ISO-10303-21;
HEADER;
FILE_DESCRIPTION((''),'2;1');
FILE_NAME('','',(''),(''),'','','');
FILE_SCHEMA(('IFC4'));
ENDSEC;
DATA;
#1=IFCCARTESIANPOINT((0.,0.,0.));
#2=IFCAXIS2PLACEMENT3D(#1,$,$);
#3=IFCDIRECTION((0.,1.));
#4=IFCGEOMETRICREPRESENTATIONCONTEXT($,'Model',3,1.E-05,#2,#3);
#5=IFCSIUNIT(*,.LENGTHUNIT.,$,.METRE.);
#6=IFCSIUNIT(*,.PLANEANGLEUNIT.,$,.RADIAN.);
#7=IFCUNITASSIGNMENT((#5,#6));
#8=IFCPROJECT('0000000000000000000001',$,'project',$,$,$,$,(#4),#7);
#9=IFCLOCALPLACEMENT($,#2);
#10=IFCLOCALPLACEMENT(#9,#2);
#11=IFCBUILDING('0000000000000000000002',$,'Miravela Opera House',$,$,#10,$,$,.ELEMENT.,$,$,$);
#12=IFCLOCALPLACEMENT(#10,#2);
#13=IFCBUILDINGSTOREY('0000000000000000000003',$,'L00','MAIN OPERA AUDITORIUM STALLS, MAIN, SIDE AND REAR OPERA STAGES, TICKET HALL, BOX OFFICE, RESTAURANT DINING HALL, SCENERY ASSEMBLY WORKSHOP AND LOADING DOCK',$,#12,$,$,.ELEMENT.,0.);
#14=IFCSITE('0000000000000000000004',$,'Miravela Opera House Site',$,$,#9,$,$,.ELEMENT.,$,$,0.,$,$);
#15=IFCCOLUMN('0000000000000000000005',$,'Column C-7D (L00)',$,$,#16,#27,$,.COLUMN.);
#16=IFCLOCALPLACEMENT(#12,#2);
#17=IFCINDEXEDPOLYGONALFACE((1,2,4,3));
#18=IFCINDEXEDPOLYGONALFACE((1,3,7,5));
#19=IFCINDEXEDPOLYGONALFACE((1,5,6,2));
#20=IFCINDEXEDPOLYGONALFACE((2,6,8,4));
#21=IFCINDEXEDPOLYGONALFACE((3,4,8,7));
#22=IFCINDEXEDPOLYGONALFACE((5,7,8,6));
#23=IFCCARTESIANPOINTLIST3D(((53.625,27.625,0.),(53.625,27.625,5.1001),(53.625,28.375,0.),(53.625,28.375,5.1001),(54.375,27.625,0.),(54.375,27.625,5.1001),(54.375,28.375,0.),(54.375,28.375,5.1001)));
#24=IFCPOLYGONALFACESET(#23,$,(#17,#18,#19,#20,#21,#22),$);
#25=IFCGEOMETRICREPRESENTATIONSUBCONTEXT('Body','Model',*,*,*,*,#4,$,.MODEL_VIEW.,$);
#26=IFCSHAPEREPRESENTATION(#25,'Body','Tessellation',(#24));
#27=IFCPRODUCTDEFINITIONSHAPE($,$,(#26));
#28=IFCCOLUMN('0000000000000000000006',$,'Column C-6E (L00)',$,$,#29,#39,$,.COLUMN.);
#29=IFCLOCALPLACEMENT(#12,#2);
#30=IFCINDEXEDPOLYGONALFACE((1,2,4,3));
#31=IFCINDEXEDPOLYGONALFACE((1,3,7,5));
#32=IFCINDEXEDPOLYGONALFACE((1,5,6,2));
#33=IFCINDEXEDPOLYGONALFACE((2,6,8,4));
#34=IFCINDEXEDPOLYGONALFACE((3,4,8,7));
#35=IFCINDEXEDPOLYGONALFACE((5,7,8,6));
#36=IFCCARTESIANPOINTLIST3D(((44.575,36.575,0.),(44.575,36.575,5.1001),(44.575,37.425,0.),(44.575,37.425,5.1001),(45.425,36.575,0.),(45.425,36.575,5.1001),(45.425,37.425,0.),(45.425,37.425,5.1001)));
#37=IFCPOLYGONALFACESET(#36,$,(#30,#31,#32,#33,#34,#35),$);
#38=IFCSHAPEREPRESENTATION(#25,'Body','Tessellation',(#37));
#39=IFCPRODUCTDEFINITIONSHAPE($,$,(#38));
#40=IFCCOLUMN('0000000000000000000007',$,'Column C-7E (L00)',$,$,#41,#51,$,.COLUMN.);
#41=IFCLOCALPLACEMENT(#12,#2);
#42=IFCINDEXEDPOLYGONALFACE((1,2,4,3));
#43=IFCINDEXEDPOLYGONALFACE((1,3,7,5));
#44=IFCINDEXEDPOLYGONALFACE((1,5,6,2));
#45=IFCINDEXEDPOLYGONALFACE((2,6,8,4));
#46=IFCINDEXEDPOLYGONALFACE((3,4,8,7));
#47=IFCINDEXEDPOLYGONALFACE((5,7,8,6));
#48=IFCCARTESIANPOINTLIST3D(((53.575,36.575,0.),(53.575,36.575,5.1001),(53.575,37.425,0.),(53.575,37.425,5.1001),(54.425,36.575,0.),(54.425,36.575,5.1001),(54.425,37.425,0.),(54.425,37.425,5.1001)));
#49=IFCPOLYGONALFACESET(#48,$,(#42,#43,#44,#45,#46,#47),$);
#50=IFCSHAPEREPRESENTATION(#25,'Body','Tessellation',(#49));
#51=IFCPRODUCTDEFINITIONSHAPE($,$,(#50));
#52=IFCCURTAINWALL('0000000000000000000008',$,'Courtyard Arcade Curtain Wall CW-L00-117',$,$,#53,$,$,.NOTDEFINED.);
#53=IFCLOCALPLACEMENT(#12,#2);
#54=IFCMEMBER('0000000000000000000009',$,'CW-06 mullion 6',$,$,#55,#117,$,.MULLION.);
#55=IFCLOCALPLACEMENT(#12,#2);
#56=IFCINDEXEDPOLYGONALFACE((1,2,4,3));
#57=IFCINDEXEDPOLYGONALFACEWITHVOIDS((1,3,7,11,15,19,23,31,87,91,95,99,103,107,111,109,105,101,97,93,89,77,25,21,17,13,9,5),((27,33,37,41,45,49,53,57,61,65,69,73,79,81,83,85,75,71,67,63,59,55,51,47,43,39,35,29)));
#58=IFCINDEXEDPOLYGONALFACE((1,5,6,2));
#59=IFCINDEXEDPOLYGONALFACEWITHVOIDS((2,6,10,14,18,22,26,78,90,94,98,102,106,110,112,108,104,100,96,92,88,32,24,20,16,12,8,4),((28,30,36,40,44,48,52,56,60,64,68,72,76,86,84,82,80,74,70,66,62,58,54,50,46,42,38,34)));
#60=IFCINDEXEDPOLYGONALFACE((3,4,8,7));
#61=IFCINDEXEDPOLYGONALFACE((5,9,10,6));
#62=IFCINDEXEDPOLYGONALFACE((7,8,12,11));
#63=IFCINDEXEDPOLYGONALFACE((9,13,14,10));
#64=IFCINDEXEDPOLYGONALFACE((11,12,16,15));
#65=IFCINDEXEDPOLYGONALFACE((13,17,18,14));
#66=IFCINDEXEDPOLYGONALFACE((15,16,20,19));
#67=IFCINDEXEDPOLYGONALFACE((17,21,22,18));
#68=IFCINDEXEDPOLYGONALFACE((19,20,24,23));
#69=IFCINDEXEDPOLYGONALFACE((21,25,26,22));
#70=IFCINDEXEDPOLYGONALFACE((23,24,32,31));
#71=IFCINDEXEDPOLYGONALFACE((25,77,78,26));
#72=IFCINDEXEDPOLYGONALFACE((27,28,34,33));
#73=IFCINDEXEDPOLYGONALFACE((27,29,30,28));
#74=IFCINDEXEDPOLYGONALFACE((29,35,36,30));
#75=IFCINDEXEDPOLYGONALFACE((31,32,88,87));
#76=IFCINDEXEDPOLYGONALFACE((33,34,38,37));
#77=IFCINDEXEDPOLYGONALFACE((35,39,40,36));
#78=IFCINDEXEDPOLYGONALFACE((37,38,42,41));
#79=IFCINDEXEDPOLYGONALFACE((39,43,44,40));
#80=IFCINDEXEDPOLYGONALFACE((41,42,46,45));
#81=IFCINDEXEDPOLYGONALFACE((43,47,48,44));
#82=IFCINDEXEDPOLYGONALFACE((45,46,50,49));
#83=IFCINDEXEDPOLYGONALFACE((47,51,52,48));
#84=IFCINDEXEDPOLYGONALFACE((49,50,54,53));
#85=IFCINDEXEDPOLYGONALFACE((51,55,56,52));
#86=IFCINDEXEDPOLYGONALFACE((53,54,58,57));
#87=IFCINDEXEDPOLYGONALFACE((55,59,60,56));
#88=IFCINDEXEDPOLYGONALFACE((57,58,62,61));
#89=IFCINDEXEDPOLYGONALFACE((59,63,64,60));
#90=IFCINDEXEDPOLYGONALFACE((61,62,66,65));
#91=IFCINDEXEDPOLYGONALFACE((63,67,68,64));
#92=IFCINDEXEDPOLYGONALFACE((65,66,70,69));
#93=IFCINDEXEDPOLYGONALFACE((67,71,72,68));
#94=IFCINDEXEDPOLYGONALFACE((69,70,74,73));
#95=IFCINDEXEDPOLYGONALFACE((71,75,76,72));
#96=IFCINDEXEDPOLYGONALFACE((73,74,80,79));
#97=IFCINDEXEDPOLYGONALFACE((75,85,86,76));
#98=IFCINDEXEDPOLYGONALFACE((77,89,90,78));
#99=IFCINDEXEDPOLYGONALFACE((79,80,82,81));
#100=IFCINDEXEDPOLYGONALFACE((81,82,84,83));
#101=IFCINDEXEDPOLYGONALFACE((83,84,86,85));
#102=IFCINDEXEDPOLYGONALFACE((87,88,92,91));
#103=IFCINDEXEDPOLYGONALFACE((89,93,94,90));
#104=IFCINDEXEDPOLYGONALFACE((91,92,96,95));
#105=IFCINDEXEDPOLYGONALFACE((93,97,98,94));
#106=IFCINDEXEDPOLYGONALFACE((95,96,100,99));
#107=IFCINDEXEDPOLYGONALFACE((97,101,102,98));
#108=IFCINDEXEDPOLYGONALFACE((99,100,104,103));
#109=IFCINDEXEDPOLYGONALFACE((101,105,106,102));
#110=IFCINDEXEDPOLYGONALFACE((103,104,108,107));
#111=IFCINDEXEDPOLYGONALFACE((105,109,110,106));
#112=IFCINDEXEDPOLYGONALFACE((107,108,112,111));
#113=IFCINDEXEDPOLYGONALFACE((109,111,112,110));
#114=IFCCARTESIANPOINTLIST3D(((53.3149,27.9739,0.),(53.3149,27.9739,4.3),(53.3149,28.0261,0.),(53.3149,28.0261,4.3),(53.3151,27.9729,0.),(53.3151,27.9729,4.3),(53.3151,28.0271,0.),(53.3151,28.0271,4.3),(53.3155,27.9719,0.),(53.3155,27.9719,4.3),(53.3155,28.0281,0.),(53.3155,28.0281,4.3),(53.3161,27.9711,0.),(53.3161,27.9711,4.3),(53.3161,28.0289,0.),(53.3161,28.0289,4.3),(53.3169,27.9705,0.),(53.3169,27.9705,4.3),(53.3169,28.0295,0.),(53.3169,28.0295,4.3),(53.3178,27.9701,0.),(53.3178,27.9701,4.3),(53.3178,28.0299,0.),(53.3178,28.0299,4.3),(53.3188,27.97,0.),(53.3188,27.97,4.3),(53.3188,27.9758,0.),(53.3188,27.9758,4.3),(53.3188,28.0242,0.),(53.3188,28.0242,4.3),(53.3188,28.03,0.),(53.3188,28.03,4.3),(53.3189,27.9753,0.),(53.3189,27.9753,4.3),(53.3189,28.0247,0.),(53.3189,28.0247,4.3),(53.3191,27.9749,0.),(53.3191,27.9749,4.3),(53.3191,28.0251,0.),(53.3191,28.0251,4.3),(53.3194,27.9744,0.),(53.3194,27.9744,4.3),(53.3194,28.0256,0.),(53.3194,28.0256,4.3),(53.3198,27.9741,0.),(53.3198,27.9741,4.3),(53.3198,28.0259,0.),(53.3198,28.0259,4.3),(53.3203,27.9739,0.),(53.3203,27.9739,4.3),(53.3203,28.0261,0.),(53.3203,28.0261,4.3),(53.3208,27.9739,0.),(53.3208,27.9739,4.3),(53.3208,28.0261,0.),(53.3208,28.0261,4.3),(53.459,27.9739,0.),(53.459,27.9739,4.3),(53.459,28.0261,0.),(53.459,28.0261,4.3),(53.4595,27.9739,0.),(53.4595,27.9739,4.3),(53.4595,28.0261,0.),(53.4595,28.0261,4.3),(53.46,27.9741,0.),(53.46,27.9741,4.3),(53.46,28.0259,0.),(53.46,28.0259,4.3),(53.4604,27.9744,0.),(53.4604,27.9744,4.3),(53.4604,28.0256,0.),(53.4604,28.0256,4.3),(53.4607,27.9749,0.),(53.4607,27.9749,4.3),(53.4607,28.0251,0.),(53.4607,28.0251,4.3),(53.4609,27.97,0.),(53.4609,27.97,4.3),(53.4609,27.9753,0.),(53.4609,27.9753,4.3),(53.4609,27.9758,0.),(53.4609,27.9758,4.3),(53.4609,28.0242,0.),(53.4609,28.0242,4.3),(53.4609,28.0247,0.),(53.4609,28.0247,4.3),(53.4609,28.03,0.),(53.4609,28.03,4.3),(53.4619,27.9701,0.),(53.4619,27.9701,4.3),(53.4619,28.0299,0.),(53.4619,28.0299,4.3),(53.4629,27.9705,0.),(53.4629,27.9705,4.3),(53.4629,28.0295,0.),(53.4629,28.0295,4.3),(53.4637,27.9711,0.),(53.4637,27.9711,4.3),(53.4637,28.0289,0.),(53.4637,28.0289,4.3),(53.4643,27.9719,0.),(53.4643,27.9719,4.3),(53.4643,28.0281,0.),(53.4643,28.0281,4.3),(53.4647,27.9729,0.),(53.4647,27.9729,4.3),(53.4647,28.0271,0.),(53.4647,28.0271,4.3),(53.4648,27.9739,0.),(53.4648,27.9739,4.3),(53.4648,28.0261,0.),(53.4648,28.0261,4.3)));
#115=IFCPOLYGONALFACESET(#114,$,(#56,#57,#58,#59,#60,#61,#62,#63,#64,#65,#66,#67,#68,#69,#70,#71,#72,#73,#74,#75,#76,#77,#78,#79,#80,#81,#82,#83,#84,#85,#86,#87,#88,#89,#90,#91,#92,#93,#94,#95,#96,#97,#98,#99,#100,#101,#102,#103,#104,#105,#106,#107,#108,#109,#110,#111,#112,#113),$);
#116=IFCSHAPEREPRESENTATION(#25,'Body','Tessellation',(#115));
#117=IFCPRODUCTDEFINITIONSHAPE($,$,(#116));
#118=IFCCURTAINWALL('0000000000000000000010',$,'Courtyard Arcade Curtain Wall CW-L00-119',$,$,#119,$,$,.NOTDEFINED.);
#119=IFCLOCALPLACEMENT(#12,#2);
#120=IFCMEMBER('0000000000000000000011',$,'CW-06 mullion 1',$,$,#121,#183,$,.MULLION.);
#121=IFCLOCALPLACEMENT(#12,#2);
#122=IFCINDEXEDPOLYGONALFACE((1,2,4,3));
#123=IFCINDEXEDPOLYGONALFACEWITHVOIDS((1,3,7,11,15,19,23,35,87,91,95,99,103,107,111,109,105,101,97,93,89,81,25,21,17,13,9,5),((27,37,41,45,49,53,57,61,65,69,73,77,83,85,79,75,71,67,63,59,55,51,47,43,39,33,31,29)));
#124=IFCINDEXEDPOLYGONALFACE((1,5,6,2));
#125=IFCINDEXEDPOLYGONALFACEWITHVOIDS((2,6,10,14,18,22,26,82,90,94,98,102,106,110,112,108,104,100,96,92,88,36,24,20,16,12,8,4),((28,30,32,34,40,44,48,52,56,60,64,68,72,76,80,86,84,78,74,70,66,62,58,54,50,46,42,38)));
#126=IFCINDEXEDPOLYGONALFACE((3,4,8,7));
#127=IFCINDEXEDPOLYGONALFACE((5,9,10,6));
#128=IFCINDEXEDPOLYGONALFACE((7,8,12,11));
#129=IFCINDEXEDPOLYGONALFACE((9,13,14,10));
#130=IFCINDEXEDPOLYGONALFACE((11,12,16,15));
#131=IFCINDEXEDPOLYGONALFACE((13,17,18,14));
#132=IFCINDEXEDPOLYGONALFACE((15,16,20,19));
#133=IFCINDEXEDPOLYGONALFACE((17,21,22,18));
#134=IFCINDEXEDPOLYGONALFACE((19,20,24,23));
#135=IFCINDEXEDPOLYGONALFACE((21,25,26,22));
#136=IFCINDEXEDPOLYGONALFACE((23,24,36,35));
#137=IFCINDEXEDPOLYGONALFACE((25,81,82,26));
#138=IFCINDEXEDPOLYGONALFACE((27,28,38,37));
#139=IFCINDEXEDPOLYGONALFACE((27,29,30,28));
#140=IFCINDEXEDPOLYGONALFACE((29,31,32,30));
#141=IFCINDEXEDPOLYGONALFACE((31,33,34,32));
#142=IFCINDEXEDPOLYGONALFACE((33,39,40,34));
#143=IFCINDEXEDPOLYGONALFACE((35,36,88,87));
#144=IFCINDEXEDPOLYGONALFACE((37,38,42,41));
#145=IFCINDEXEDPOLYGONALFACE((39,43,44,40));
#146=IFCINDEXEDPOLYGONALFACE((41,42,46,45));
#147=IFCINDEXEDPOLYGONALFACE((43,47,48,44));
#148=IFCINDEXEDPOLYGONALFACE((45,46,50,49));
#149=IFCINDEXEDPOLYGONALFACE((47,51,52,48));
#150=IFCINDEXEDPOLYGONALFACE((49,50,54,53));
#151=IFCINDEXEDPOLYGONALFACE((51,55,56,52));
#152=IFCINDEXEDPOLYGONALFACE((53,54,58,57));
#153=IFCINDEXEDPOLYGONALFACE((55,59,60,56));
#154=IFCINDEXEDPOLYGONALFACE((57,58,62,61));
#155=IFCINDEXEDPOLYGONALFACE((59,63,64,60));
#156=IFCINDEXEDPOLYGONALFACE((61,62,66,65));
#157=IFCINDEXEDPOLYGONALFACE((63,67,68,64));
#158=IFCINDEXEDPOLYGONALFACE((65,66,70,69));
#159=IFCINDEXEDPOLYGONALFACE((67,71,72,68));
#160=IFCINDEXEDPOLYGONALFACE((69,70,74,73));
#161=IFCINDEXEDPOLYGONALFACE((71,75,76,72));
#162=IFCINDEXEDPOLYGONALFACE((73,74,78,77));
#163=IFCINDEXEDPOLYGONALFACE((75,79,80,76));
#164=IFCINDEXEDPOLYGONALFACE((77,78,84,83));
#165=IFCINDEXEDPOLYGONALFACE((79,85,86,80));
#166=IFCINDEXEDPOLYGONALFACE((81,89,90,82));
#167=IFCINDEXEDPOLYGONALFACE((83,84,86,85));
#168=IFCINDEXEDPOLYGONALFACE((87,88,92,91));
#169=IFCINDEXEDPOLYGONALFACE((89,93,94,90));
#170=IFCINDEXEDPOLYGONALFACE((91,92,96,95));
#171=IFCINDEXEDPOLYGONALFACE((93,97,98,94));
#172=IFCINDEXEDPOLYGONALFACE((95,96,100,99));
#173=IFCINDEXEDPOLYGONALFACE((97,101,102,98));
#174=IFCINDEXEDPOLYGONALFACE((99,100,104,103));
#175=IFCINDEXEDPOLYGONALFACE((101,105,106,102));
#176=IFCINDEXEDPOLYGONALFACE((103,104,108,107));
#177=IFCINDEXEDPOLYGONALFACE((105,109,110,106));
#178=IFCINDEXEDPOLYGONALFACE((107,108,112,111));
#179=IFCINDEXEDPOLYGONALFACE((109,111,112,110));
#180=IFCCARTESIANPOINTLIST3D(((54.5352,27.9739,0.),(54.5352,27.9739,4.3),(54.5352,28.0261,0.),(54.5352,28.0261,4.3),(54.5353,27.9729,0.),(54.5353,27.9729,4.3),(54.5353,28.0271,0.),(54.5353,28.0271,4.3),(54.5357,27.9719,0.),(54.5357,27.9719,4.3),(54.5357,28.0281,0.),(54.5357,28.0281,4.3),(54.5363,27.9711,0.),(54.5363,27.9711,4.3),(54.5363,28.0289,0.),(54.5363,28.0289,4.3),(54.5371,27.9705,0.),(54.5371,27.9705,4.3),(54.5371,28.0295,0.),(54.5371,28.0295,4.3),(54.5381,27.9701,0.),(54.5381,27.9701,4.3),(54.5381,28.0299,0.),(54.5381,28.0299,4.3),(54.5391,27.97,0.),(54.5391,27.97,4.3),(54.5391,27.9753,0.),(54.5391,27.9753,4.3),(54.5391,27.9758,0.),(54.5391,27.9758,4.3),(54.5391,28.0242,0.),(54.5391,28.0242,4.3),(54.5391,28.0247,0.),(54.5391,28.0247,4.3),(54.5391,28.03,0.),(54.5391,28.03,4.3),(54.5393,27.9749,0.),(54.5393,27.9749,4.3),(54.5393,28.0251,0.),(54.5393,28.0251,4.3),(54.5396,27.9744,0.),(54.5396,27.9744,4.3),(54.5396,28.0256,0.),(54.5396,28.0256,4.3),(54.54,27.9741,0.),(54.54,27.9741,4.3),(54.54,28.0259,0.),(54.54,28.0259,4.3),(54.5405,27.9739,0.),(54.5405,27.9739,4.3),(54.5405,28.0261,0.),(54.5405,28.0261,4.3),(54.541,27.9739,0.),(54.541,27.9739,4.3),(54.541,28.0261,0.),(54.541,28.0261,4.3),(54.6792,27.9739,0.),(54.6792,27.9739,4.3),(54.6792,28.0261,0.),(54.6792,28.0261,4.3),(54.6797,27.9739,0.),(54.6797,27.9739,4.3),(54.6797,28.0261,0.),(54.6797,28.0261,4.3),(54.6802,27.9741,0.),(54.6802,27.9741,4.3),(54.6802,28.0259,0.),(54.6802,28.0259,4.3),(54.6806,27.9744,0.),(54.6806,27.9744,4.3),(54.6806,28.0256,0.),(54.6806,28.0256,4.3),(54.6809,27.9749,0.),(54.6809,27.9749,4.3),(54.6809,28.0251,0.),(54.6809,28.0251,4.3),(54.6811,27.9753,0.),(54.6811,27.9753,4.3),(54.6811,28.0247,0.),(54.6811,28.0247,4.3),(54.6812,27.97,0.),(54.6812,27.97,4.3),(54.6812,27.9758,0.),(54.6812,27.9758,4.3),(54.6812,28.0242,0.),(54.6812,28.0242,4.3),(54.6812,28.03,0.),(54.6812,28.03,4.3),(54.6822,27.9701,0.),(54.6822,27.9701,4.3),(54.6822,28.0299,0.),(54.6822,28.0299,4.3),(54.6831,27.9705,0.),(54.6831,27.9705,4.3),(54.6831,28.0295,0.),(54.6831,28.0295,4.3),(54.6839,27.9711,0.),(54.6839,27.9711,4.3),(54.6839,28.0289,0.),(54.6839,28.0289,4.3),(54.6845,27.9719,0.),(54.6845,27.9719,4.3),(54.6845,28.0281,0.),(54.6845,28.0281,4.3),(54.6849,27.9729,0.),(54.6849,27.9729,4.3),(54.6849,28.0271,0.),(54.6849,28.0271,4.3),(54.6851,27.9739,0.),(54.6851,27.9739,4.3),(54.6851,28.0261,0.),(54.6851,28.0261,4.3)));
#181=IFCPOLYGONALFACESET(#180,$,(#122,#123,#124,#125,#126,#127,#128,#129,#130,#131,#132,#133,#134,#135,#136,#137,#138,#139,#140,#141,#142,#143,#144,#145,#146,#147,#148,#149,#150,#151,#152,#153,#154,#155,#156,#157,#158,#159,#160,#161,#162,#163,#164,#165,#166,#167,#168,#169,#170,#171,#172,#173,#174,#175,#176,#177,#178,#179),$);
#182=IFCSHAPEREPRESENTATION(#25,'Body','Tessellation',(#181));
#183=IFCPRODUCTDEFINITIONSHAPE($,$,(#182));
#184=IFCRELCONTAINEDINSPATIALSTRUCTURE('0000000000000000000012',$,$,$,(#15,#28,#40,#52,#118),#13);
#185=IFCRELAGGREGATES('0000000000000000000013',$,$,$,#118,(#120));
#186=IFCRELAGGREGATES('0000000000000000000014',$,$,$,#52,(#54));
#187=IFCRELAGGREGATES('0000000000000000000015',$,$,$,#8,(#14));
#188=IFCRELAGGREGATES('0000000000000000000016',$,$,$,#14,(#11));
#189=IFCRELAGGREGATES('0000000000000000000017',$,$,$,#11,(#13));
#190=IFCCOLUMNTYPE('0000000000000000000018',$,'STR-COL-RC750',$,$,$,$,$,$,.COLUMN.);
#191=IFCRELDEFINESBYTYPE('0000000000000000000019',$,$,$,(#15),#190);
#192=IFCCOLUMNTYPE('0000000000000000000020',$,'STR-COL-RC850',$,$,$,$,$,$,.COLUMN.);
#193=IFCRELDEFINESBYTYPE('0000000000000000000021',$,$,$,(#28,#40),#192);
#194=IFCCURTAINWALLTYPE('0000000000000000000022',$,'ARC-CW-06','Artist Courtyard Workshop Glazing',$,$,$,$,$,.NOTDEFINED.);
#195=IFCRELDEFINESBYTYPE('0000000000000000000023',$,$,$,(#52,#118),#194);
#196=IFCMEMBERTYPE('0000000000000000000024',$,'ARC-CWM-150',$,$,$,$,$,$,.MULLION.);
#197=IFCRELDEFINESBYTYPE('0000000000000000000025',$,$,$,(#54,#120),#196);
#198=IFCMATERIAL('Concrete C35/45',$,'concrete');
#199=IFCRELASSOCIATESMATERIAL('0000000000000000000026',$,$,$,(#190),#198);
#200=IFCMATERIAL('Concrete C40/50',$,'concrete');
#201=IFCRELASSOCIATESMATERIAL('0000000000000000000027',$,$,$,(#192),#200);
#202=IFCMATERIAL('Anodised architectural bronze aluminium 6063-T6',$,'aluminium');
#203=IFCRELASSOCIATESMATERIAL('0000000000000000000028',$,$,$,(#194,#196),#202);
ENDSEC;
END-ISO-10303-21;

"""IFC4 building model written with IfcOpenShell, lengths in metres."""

from ifc_helpers import new_model, si_unit, direction, frame, origin, origin_2d, place, context, subcontext, project, spatial, rectangle, hollow_rectangle, extrude, material, material_profile, profile_set, type_object, element, aggregate, save


model = new_model("IFC4")

# Units and contexts
model_context = context("Model", 3, precision=1e-05, world=origin(), true_north=direction((0.0, 1.0)))
body_context = subcontext(model_context, "Body", "Model", "MODEL_VIEW")
ifc_project = project(units=[si_unit("LENGTHUNIT", "METRE"), si_unit("PLANEANGLEUNIT", "RADIAN")], contexts=[model_context])

# Site, building, storey
site_placement = place(None, origin())
site = spatial("IfcSite", under=ifc_project, at=site_placement, Name="Miravela Opera House Site", CompositionType="ELEMENT", RefElevation=0.0)
building_placement = place(site_placement, origin())
building = spatial("IfcBuilding", under=site, at=building_placement, Name="Miravela Opera House", CompositionType="ELEMENT")
storey_placement = place(building_placement, origin())
storey = spatial("IfcBuildingStorey", under=building, at=storey_placement, Name="L00", Description="MAIN OPERA AUDITORIUM STALLS, MAIN, SIDE AND REAR OPERA STAGES, TICKET HALL, BOX OFFICE, RESTAURANT DINING HALL, SCENERY ASSEMBLY WORKSHOP AND LOADING DOCK", CompositionType="ELEMENT", Elevation=0.0)

# Columns
ifc_material_1 = material(Name="Concrete C35/45", Category="concrete")
ifc_material_profile_1 = material_profile(ifc_material_1, rectangle(XDim=0.75, YDim=0.75, at=origin_2d()), Name="RC-COL-750X750")
ifc_profile_set_1 = profile_set([ifc_material_profile_1])
column_type_1 = type_object("IfcColumnType", Name="STR-COL-RC750", PredefinedType="COLUMN", material=ifc_profile_set_1)
column_placement = place(storey_placement, frame((54.0, 28.0, 0.0), z_axis=(0.0, 0.0, 1.0), x_axis=(1.0, 0.0, 0.0)))
element("IfcColumn", 1, at=column_placement, inside=storey, type_object=column_type_1, Name="Column C-7D (L00)", PredefinedType="COLUMN", context=body_context, shape_type="SweptSolid", body=[
    extrude(rectangle(XDim=0.75, YDim=0.75, at=origin_2d()), origin(), (0.0, 0.0, 1.0), 5.1001),
])
ifc_material_2 = material(Name="Concrete C40/50", Category="concrete")
ifc_material_profile_2 = material_profile(ifc_material_2, rectangle(XDim=0.8501, YDim=0.8501, at=origin_2d()), Name="RC-COL-850X850")
ifc_profile_set_2 = profile_set([ifc_material_profile_2])
column_type_2 = type_object("IfcColumnType", Name="STR-COL-RC850", PredefinedType="COLUMN", material=ifc_profile_set_2)
for number, where, z_axis, x_axis, name in (
    (2, (45.0, 37.0, 0.0), (0.0, 0.0, 1.0), (1.0, 0.0, 0.0), "Column C-6E (L00)"),
    (3, (54.0, 37.0, 0.0), (0.0, 0.0, 1.0), (1.0, 0.0, 0.0), "Column C-7E (L00)"),
):
    element("IfcColumn", number, at=place(storey_placement, frame(where, z_axis=z_axis, x_axis=x_axis)), inside=storey, type_object=column_type_2, Name=name, PredefinedType="COLUMN", context=body_context, shape_type="SweptSolid", body=[
        extrude(rectangle(XDim=0.8501, YDim=0.8501, at=origin_2d()), origin(), (0.0, 0.0, 1.0), 5.1001),
    ])

# Curtain wall, member
ifc_material_3 = material(Name="Anodised architectural bronze aluminium 6063-T6", Category="aluminium")
curtain_wall_type = type_object("IfcCurtainWallType", Name="ARC-CW-06", Description="Artist Courtyard Workshop Glazing", PredefinedType="NOTDEFINED", material=ifc_material_3)
curtain_wall_1_placement = place(storey_placement, origin())
curtain_wall_1 = element("IfcCurtainWall", 4, at=curtain_wall_1_placement, inside=storey, type_object=curtain_wall_type, Name="Courtyard Arcade Curtain Wall CW-L00-117", PredefinedType="NOTDEFINED")
ifc_material_profile_3 = material_profile(ifc_material_3, hollow_rectangle(XDim=0.0601, YDim=0.1499, WallThickness=0.0039, InnerFilletRadius=0.002, OuterFilletRadius=0.0039, at=origin_2d()), Name="CWM-60X150")
ifc_profile_set_3 = profile_set([ifc_material_profile_3])
member_type_1 = type_object("IfcMemberType", Name="ARC-CWM-150", PredefinedType="MULLION", material=ifc_profile_set_3)
member_1_placement = place(storey_placement, frame((53.3899, 28.0, 0.0), z_axis=(0.0, 0.0, 1.0), x_axis=(0.0, 1.0, 0.0)))
member_1 = element("IfcMember", 5, at=member_1_placement, type_object=member_type_1, Name="CW-06 mullion 6", PredefinedType="MULLION", context=body_context, shape_type="SweptSolid", body=[
    extrude(hollow_rectangle(XDim=0.0601, YDim=0.1499, WallThickness=0.0039, InnerFilletRadius=0.002, OuterFilletRadius=0.0039, at=origin_2d()), origin(), (0.0, 0.0, 1.0), 4.3),
])

# Curtain wall, member
curtain_wall_2_placement = place(storey_placement, origin())
curtain_wall_2 = element("IfcCurtainWall", 6, at=curtain_wall_2_placement, inside=storey, type_object=curtain_wall_type, Name="Courtyard Arcade Curtain Wall CW-L00-119", PredefinedType="NOTDEFINED")
member_2_placement = place(storey_placement, frame((54.6101, 28.0, 0.0), z_axis=(0.0, 0.0, 1.0), x_axis=(0.0, 1.0, 0.0)))
member_2 = element("IfcMember", 7, at=member_2_placement, type_object=member_type_1, Name="CW-06 mullion 1", PredefinedType="MULLION", context=body_context, shape_type="SweptSolid", body=[
    extrude(hollow_rectangle(XDim=0.0601, YDim=0.1499, WallThickness=0.0039, InnerFilletRadius=0.002, OuterFilletRadius=0.0039, at=origin_2d()), origin(), (0.0, 0.0, 1.0), 4.3),
])
aggregate(curtain_wall_2, [member_2])

aggregate(curtain_wall_1, [member_1])

save(model, "model.ifc")
